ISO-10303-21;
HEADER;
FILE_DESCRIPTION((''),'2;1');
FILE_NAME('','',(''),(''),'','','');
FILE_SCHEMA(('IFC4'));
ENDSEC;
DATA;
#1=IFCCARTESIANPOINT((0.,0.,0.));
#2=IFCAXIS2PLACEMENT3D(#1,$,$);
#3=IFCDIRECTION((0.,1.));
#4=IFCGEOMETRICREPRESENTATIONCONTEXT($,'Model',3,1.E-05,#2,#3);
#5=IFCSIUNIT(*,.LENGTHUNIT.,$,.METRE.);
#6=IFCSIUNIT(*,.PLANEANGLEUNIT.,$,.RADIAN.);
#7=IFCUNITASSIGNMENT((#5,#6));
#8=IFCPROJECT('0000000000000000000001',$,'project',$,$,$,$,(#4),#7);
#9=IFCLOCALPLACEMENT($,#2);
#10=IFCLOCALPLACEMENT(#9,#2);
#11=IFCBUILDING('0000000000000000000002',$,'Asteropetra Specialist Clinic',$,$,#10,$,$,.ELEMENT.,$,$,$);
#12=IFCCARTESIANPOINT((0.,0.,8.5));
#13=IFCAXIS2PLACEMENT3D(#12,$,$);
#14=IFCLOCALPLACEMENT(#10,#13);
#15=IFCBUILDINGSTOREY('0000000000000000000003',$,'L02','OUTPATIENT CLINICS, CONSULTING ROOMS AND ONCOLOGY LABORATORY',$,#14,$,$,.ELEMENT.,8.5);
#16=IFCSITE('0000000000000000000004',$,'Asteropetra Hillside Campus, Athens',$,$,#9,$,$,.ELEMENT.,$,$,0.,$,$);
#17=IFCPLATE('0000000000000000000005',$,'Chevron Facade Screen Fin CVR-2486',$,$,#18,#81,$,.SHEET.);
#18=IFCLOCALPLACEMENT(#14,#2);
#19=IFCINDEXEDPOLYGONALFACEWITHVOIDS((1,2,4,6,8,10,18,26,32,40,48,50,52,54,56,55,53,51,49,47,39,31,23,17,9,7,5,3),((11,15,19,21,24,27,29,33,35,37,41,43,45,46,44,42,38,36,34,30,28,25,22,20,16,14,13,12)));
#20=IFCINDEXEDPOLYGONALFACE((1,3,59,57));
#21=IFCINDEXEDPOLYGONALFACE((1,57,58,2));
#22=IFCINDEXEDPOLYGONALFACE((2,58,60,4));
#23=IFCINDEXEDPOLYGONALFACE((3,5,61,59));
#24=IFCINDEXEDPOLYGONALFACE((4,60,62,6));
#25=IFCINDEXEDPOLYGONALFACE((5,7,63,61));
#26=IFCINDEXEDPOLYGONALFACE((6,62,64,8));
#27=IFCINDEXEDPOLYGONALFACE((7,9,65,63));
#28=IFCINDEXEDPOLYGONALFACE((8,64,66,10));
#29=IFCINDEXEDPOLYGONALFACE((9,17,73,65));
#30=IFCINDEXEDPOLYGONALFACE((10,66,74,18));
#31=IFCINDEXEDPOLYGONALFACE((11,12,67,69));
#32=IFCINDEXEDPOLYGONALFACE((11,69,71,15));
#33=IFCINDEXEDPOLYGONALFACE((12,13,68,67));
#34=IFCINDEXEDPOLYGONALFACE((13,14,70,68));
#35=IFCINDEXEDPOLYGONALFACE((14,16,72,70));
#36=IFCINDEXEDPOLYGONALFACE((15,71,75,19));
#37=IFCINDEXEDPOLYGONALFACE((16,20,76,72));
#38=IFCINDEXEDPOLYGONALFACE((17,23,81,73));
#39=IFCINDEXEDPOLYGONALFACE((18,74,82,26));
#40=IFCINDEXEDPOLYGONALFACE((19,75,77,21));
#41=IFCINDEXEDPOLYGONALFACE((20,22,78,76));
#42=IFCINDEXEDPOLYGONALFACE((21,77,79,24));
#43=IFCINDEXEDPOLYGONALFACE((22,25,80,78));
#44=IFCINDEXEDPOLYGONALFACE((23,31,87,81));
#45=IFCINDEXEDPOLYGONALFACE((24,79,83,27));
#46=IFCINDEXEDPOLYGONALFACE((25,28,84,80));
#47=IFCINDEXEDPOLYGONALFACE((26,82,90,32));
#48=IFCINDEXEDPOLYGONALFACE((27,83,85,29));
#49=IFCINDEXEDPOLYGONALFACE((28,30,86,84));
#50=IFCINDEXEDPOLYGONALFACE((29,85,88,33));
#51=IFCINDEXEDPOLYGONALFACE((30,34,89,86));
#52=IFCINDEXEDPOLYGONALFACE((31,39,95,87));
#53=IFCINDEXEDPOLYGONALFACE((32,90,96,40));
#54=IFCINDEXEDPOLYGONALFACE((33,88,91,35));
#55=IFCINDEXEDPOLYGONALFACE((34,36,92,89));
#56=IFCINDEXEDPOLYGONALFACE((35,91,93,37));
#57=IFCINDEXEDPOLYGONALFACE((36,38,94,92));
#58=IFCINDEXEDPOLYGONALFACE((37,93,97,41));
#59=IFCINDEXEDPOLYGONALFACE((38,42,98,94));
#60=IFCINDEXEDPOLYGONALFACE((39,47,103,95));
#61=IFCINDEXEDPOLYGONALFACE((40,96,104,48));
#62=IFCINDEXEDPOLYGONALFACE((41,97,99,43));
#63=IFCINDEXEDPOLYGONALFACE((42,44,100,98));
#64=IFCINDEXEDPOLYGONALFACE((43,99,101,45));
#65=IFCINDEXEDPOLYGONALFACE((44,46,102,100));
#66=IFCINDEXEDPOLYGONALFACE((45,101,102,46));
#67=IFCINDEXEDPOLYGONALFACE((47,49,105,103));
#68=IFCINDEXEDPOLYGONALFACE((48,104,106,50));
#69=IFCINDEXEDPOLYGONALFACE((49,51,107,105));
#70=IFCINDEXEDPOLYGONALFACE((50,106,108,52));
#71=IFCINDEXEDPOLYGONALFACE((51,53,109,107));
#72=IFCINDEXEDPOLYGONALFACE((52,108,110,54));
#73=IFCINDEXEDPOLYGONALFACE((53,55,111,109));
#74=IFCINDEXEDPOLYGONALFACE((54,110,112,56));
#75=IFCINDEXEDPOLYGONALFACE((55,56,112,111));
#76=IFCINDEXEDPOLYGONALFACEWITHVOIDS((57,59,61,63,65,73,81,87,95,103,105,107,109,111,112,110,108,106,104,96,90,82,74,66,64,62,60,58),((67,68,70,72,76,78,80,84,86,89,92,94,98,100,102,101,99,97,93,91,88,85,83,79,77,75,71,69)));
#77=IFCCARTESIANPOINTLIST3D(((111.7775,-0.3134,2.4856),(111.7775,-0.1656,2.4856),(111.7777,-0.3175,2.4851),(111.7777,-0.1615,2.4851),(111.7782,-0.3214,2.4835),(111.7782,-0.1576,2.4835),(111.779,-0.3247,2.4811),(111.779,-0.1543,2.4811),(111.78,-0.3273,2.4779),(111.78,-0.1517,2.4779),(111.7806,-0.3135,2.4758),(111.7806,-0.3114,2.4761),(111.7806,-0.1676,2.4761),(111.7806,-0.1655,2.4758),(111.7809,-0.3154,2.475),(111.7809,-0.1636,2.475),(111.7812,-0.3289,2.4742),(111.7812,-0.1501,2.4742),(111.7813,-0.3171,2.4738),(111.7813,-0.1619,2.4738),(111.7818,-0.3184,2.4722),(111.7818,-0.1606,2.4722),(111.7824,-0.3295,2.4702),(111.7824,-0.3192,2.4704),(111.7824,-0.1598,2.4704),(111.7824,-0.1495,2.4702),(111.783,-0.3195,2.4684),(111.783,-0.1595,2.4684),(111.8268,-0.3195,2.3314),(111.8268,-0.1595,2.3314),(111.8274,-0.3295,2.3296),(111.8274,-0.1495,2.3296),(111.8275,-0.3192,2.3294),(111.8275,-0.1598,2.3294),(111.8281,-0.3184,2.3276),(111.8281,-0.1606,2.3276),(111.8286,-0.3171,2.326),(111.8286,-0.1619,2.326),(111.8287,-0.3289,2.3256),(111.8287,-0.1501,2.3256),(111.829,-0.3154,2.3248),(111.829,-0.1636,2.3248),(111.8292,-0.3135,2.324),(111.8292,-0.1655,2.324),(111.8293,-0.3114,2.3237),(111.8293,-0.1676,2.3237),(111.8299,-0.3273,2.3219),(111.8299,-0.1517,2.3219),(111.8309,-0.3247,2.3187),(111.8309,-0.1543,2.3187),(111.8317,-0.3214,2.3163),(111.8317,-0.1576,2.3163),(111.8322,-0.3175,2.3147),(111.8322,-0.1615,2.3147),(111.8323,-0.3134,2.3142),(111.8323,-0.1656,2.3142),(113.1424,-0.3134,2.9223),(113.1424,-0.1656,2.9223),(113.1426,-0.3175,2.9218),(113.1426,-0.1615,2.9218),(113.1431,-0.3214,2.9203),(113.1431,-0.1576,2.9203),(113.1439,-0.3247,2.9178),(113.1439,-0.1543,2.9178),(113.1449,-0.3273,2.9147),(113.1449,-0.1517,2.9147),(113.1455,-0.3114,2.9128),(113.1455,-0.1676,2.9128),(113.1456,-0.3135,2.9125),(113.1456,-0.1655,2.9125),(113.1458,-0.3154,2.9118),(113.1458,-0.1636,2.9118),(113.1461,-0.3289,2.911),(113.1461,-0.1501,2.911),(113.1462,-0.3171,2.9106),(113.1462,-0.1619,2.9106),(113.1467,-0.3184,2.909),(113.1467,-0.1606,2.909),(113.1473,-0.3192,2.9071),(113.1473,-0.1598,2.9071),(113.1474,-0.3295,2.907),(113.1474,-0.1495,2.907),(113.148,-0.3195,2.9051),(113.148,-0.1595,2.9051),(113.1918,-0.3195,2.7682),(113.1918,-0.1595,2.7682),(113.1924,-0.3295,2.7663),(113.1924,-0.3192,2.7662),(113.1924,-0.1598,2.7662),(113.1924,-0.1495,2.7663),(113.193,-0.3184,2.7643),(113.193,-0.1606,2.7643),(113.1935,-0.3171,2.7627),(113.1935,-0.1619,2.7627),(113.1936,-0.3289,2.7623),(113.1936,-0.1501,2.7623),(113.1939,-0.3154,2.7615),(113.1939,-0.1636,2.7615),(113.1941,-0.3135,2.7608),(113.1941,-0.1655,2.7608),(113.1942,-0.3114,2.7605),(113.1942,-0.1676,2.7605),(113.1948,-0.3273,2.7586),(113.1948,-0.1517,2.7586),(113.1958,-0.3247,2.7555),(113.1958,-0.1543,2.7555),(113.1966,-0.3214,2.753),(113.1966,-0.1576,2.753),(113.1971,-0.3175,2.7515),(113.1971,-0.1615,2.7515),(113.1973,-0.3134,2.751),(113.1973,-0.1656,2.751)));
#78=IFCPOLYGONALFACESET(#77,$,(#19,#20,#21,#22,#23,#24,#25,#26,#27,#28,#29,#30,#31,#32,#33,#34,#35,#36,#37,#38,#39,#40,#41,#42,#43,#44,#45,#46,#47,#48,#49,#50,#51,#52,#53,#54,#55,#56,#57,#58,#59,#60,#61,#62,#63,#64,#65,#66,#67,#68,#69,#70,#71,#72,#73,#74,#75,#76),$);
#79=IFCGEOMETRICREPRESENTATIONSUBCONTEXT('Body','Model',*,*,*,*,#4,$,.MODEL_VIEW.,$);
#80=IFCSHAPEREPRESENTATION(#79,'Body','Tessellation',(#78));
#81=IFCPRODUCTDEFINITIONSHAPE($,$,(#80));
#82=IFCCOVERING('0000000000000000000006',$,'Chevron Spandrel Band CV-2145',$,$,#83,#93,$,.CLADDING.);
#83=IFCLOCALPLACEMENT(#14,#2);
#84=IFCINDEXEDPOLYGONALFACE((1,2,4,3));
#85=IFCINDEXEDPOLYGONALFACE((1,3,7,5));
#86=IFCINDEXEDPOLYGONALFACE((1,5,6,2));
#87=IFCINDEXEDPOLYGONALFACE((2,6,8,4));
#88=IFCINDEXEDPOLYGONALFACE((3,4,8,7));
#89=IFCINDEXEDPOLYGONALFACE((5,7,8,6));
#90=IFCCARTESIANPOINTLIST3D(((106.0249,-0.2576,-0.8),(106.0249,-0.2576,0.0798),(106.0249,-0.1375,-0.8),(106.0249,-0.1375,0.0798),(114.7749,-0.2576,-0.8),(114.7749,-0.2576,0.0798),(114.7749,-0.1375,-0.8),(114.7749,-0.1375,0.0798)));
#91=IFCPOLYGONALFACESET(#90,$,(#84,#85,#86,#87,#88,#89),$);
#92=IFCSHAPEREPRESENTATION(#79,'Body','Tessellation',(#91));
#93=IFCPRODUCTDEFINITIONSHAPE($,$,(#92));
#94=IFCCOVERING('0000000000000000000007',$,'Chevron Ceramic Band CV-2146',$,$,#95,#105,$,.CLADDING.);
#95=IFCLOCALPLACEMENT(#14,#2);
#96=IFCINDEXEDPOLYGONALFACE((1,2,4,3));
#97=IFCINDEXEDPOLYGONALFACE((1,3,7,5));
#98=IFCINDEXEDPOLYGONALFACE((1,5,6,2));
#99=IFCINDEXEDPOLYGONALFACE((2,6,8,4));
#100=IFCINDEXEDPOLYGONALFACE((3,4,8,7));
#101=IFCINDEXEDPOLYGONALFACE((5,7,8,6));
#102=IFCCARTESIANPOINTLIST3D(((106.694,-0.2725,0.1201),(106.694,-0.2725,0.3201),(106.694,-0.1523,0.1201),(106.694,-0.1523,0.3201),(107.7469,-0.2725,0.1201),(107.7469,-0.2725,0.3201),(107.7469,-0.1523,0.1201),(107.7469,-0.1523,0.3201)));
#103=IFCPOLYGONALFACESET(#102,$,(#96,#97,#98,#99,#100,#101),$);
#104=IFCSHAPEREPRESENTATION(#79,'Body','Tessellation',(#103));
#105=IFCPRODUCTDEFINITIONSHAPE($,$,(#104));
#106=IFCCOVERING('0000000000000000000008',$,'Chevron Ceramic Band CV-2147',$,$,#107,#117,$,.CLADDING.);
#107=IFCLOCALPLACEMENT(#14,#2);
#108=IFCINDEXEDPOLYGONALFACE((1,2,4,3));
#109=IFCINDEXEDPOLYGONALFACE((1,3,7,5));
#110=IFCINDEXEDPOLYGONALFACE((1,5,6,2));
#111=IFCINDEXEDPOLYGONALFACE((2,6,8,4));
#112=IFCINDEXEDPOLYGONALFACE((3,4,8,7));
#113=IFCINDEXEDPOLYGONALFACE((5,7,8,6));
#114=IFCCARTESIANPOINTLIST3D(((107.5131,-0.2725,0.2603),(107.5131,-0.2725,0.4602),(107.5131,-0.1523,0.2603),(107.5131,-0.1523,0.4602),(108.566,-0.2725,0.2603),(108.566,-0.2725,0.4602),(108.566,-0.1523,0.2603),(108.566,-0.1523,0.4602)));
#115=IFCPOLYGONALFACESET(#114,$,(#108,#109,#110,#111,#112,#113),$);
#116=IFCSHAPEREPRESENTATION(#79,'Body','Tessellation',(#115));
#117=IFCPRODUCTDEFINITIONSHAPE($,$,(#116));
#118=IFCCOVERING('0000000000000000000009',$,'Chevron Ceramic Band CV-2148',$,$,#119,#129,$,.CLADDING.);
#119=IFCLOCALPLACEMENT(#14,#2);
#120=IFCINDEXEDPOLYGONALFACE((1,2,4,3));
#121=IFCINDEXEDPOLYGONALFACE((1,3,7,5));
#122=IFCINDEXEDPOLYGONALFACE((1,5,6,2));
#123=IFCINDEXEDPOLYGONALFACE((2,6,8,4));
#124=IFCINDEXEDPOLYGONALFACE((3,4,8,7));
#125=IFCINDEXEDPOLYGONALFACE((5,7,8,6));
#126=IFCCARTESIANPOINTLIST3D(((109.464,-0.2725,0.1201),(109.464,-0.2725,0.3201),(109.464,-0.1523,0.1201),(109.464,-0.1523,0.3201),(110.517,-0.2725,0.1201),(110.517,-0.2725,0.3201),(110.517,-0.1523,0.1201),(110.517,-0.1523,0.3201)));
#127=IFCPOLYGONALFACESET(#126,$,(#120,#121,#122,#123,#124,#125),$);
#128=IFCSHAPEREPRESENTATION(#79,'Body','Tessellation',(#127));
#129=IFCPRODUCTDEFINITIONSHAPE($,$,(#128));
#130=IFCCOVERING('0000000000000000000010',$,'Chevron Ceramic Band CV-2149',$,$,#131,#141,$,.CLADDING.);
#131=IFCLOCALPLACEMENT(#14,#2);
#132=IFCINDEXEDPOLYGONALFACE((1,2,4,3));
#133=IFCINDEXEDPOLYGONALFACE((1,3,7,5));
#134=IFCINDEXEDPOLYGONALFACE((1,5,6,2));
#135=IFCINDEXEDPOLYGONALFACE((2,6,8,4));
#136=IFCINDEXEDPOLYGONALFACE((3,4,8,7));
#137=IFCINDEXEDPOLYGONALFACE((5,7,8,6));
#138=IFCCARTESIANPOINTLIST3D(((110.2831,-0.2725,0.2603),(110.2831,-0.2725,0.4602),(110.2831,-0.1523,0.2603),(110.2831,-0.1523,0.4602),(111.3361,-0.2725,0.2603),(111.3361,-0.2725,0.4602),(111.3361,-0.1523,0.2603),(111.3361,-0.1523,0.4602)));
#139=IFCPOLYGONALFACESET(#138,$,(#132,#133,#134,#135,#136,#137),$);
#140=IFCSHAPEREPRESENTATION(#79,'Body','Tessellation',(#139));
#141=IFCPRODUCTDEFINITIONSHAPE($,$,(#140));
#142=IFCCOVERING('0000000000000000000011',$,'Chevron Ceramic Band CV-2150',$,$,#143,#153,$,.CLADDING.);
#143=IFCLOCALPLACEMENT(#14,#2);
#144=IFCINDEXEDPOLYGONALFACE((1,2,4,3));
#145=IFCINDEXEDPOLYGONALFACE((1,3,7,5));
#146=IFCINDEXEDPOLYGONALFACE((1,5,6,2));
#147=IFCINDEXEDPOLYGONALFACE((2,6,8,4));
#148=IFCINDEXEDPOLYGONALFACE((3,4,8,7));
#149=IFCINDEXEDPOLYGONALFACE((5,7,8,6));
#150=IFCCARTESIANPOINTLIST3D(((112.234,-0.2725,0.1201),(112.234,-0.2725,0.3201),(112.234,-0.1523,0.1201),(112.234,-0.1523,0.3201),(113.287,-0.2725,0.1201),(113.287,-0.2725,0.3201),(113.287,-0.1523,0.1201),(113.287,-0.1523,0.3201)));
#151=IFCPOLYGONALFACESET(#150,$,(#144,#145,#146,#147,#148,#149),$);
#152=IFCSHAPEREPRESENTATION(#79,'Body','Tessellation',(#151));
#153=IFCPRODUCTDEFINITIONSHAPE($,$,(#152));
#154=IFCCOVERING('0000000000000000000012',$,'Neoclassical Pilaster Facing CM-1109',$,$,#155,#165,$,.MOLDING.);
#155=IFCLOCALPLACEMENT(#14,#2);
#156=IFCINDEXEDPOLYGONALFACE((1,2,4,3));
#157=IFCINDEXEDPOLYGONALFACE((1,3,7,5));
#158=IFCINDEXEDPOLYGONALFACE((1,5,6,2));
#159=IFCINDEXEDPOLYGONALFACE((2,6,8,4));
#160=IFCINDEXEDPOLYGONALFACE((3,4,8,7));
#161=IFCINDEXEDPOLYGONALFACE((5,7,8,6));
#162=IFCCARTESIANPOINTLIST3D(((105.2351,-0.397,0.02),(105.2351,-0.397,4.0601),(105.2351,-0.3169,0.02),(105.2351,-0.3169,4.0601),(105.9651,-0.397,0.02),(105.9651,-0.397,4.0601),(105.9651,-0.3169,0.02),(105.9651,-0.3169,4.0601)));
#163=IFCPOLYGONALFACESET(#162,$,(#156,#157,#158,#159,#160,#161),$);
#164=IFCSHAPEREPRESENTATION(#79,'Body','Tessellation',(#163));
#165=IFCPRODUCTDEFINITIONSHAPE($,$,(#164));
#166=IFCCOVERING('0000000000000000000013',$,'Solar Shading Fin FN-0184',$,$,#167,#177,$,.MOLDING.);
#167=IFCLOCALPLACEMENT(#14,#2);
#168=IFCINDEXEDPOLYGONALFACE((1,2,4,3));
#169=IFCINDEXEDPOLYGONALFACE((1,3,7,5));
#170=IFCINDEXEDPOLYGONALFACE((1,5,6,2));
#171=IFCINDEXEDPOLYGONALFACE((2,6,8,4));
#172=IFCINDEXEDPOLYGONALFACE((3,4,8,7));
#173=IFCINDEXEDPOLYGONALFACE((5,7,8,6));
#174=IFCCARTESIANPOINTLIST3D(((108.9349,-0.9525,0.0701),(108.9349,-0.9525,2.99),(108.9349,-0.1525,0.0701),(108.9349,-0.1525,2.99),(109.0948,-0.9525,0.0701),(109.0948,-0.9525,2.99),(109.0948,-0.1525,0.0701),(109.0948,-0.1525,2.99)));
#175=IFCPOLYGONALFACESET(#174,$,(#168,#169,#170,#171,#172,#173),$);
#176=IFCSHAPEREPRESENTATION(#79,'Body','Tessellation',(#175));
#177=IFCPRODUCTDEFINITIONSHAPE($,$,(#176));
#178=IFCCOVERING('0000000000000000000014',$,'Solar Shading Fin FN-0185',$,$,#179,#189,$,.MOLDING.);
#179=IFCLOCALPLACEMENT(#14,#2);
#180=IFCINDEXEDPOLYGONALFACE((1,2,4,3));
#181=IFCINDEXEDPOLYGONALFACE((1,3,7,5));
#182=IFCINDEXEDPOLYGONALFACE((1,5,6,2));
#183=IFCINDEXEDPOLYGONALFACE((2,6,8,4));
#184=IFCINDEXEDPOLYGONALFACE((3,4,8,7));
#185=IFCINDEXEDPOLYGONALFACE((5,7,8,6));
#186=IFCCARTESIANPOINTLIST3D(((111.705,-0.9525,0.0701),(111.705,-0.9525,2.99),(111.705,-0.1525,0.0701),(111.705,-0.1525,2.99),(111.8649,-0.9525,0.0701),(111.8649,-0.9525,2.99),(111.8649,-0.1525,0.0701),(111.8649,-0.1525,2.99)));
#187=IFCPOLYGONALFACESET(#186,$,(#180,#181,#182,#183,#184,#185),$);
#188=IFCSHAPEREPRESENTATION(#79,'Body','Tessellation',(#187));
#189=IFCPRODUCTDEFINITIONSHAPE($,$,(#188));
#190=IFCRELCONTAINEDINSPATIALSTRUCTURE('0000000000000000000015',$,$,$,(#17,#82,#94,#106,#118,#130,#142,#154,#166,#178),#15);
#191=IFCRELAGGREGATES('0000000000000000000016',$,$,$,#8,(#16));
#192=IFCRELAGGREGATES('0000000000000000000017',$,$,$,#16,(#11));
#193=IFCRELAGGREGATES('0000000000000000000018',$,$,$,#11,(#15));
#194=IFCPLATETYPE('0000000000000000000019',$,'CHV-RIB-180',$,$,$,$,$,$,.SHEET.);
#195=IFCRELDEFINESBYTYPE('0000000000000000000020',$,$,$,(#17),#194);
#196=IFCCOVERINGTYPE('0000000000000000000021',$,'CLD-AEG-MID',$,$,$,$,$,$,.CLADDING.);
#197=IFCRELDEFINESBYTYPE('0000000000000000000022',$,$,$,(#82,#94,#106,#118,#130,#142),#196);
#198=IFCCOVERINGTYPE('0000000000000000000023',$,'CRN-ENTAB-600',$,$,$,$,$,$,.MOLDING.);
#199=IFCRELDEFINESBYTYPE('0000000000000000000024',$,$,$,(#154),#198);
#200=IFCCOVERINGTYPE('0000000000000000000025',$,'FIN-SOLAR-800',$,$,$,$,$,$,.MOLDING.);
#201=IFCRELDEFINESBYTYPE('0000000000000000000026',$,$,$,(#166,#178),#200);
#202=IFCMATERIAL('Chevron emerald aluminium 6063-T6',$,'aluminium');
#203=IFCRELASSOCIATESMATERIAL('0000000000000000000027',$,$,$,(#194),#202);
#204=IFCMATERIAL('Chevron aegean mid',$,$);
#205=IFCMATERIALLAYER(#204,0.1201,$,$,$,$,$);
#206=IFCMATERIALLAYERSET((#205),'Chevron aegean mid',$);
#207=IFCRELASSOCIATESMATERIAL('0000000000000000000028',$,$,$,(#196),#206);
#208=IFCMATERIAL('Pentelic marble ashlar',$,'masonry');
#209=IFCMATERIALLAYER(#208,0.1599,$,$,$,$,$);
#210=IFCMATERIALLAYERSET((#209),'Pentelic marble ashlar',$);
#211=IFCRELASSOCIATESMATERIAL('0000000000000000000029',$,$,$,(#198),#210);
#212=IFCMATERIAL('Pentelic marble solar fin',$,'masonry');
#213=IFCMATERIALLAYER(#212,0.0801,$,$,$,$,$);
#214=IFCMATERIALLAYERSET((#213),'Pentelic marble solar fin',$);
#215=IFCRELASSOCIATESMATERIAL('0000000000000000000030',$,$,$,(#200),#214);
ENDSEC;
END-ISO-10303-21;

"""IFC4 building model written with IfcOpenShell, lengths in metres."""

from ifc_helpers import new_model, si_unit, direction, frame, origin, origin_2d, place, context, subcontext, project, spatial, rectangle, hollow_rectangle, extrude, material, layer, layer_set, material_profile, profile_set, type_object, element, save


model = new_model("IFC4")

# Units and contexts
model_context = context("Model", 3, precision=1e-05, world=origin(), true_north=direction((0.0, 1.0)))
body_context = subcontext(model_context, "Body", "Model", "MODEL_VIEW")
ifc_project = project(units=[si_unit("LENGTHUNIT", "METRE"), si_unit("PLANEANGLEUNIT", "RADIAN")], contexts=[model_context])

# Site, building, storey
site_placement = place(None, origin())
site = spatial("IfcSite", under=ifc_project, at=site_placement, Name="Asteropetra Hillside Campus, Athens", CompositionType="ELEMENT", RefElevation=0.0)
building_placement = place(site_placement, origin())
building = spatial("IfcBuilding", under=site, at=building_placement, Name="Asteropetra Specialist Clinic", CompositionType="ELEMENT")
storey_placement = place(building_placement, frame((0.0, 0.0, 8.5)))
storey = spatial("IfcBuildingStorey", under=building, at=storey_placement, Name="L02", Description="OUTPATIENT CLINICS, CONSULTING ROOMS AND ONCOLOGY LABORATORY", CompositionType="ELEMENT", Elevation=8.5)

# Plate
ifc_material_1 = material(Name="Chevron emerald aluminium 6063-T6", Category="aluminium")
ifc_material_profile_1 = material_profile(ifc_material_1, hollow_rectangle(XDim=0.1799, YDim=0.1799, WallThickness=0.01, InnerFilletRadius=0.0081, OuterFilletRadius=0.0161, at=origin_2d()), Name="SHS 180x180x10.0")
ifc_profile_set_1 = profile_set([ifc_material_profile_1], Name="Chevron emerald aluminium 6063-T6")
plate_type = type_object("IfcPlateType", Name="CHV-RIB-180", PredefinedType="SHEET", material=ifc_profile_set_1)
for number, where, z_axis, x_axis, name in (
    (1, (111.8049, -0.2395, 2.3999), (0.95243, 0.0, 0.304757), (0.0, 1.0, 0.0), "Chevron Facade Screen Fin CVR-2486"),
):
    element("IfcPlate", number, at=place(storey_placement, frame(where, z_axis=z_axis, x_axis=x_axis)), inside=storey, type_object=plate_type, Name=name, PredefinedType="SHEET", context=body_context, shape_type="SweptSolid", body=[
        extrude(hollow_rectangle(XDim=0.1799, YDim=0.1799, WallThickness=0.01, InnerFilletRadius=0.0081, OuterFilletRadius=0.0161, at=origin_2d()), origin(), (0.0, 0.0, 1.0), 1.4331),
    ])

# Coverings
ifc_material_2 = material(Name="Chevron aegean mid")
ifc_layer_1 = layer(ifc_material_2, 0.1201)
ifc_layer_set_1 = layer_set([ifc_layer_1], Name="Chevron aegean mid")
covering_type_1 = type_object("IfcCoveringType", Name="CLD-AEG-MID", PredefinedType="CLADDING", material=ifc_layer_set_1)
covering_1_placement = place(storey_placement, frame((110.3999, -0.1975, -0.8), z_axis=(0.0, 0.0, 1.0), x_axis=(1.0, 0.0, 0.0)))
element("IfcCovering", 2, at=covering_1_placement, inside=storey, type_object=covering_type_1, Name="Chevron Spandrel Band CV-2145", PredefinedType="CLADDING", context=body_context, shape_type="SweptSolid", body=[
    extrude(rectangle(XDim=8.75, YDim=0.1201, at=origin_2d()), origin(), (0.0, 0.0, 1.0), 0.8799),
])
for number, where, z_axis, x_axis, name in (
    (3, (107.2205, -0.2124, 0.1201), (0.0, 0.0, 1.0), (1.0, 0.0, 0.0), "Chevron Ceramic Band CV-2146"),
    (4, (108.0396, -0.2124, 0.2603), (0.0, 0.0, 1.0), (1.0, 0.0, 0.0), "Chevron Ceramic Band CV-2147"),
    (5, (109.9905, -0.2124, 0.1201), (0.0, 0.0, 1.0), (1.0, 0.0, 0.0), "Chevron Ceramic Band CV-2148"),
    (6, (110.8096, -0.2124, 0.2603), (0.0, 0.0, 1.0), (1.0, 0.0, 0.0), "Chevron Ceramic Band CV-2149"),
    (7, (112.7605, -0.2124, 0.1201), (0.0, 0.0, 1.0), (1.0, 0.0, 0.0), "Chevron Ceramic Band CV-2150"),
):
    element("IfcCovering", number, at=place(storey_placement, frame(where, z_axis=z_axis, x_axis=x_axis)), inside=storey, type_object=covering_type_1, Name=name, PredefinedType="CLADDING", context=body_context, shape_type="SweptSolid", body=[
        extrude(rectangle(XDim=1.053, YDim=0.1201, at=origin_2d()), origin(), (0.0, 0.0, 1.0), 0.2),
    ])
ifc_material_3 = material(Name="Pentelic marble ashlar", Category="masonry")
ifc_layer_2 = layer(ifc_material_3, 0.1599)
ifc_layer_set_2 = layer_set([ifc_layer_2], Name="Pentelic marble ashlar")
covering_type_2 = type_object("IfcCoveringType", Name="CRN-ENTAB-600", PredefinedType="MOLDING", material=ifc_layer_set_2)
covering_2_placement = place(storey_placement, frame((105.6001, -0.3569, 0.02), z_axis=(0.0, 0.0, 1.0), x_axis=(1.0, 0.0, 0.0)))
element("IfcCovering", 8, at=covering_2_placement, inside=storey, type_object=covering_type_2, Name="Neoclassical Pilaster Facing CM-1109", PredefinedType="MOLDING", context=body_context, shape_type="SweptSolid", body=[
    extrude(rectangle(XDim=0.73, YDim=0.0801, at=origin_2d()), origin(), (0.0, 0.0, 1.0), 4.04),
])
ifc_material_4 = material(Name="Pentelic marble solar fin", Category="masonry")
ifc_layer_3 = layer(ifc_material_4, 0.0801)
ifc_layer_set_3 = layer_set([ifc_layer_3], Name="Pentelic marble solar fin")
covering_type_3 = type_object("IfcCoveringType", Name="FIN-SOLAR-800", PredefinedType="MOLDING", material=ifc_layer_set_3)
for number, where, z_axis, x_axis, name in (
    (9, (109.0149, -0.5525, 0.0701), (0.0, 0.0, 1.0), (1.0, 0.0, 0.0), "Solar Shading Fin FN-0184"),
    (10, (111.7849, -0.5525, 0.0701), (0.0, 0.0, 1.0), (1.0, 0.0, 0.0), "Solar Shading Fin FN-0185"),
):
    element("IfcCovering", number, at=place(storey_placement, frame(where, z_axis=z_axis, x_axis=x_axis)), inside=storey, type_object=covering_type_3, Name=name, PredefinedType="MOLDING", context=body_context, shape_type="SweptSolid", body=[
        extrude(rectangle(XDim=0.1599, YDim=0.8, at=origin_2d()), origin(), (0.0, 0.0, 1.0), 2.9199),
    ])

save(model, "model.ifc")
